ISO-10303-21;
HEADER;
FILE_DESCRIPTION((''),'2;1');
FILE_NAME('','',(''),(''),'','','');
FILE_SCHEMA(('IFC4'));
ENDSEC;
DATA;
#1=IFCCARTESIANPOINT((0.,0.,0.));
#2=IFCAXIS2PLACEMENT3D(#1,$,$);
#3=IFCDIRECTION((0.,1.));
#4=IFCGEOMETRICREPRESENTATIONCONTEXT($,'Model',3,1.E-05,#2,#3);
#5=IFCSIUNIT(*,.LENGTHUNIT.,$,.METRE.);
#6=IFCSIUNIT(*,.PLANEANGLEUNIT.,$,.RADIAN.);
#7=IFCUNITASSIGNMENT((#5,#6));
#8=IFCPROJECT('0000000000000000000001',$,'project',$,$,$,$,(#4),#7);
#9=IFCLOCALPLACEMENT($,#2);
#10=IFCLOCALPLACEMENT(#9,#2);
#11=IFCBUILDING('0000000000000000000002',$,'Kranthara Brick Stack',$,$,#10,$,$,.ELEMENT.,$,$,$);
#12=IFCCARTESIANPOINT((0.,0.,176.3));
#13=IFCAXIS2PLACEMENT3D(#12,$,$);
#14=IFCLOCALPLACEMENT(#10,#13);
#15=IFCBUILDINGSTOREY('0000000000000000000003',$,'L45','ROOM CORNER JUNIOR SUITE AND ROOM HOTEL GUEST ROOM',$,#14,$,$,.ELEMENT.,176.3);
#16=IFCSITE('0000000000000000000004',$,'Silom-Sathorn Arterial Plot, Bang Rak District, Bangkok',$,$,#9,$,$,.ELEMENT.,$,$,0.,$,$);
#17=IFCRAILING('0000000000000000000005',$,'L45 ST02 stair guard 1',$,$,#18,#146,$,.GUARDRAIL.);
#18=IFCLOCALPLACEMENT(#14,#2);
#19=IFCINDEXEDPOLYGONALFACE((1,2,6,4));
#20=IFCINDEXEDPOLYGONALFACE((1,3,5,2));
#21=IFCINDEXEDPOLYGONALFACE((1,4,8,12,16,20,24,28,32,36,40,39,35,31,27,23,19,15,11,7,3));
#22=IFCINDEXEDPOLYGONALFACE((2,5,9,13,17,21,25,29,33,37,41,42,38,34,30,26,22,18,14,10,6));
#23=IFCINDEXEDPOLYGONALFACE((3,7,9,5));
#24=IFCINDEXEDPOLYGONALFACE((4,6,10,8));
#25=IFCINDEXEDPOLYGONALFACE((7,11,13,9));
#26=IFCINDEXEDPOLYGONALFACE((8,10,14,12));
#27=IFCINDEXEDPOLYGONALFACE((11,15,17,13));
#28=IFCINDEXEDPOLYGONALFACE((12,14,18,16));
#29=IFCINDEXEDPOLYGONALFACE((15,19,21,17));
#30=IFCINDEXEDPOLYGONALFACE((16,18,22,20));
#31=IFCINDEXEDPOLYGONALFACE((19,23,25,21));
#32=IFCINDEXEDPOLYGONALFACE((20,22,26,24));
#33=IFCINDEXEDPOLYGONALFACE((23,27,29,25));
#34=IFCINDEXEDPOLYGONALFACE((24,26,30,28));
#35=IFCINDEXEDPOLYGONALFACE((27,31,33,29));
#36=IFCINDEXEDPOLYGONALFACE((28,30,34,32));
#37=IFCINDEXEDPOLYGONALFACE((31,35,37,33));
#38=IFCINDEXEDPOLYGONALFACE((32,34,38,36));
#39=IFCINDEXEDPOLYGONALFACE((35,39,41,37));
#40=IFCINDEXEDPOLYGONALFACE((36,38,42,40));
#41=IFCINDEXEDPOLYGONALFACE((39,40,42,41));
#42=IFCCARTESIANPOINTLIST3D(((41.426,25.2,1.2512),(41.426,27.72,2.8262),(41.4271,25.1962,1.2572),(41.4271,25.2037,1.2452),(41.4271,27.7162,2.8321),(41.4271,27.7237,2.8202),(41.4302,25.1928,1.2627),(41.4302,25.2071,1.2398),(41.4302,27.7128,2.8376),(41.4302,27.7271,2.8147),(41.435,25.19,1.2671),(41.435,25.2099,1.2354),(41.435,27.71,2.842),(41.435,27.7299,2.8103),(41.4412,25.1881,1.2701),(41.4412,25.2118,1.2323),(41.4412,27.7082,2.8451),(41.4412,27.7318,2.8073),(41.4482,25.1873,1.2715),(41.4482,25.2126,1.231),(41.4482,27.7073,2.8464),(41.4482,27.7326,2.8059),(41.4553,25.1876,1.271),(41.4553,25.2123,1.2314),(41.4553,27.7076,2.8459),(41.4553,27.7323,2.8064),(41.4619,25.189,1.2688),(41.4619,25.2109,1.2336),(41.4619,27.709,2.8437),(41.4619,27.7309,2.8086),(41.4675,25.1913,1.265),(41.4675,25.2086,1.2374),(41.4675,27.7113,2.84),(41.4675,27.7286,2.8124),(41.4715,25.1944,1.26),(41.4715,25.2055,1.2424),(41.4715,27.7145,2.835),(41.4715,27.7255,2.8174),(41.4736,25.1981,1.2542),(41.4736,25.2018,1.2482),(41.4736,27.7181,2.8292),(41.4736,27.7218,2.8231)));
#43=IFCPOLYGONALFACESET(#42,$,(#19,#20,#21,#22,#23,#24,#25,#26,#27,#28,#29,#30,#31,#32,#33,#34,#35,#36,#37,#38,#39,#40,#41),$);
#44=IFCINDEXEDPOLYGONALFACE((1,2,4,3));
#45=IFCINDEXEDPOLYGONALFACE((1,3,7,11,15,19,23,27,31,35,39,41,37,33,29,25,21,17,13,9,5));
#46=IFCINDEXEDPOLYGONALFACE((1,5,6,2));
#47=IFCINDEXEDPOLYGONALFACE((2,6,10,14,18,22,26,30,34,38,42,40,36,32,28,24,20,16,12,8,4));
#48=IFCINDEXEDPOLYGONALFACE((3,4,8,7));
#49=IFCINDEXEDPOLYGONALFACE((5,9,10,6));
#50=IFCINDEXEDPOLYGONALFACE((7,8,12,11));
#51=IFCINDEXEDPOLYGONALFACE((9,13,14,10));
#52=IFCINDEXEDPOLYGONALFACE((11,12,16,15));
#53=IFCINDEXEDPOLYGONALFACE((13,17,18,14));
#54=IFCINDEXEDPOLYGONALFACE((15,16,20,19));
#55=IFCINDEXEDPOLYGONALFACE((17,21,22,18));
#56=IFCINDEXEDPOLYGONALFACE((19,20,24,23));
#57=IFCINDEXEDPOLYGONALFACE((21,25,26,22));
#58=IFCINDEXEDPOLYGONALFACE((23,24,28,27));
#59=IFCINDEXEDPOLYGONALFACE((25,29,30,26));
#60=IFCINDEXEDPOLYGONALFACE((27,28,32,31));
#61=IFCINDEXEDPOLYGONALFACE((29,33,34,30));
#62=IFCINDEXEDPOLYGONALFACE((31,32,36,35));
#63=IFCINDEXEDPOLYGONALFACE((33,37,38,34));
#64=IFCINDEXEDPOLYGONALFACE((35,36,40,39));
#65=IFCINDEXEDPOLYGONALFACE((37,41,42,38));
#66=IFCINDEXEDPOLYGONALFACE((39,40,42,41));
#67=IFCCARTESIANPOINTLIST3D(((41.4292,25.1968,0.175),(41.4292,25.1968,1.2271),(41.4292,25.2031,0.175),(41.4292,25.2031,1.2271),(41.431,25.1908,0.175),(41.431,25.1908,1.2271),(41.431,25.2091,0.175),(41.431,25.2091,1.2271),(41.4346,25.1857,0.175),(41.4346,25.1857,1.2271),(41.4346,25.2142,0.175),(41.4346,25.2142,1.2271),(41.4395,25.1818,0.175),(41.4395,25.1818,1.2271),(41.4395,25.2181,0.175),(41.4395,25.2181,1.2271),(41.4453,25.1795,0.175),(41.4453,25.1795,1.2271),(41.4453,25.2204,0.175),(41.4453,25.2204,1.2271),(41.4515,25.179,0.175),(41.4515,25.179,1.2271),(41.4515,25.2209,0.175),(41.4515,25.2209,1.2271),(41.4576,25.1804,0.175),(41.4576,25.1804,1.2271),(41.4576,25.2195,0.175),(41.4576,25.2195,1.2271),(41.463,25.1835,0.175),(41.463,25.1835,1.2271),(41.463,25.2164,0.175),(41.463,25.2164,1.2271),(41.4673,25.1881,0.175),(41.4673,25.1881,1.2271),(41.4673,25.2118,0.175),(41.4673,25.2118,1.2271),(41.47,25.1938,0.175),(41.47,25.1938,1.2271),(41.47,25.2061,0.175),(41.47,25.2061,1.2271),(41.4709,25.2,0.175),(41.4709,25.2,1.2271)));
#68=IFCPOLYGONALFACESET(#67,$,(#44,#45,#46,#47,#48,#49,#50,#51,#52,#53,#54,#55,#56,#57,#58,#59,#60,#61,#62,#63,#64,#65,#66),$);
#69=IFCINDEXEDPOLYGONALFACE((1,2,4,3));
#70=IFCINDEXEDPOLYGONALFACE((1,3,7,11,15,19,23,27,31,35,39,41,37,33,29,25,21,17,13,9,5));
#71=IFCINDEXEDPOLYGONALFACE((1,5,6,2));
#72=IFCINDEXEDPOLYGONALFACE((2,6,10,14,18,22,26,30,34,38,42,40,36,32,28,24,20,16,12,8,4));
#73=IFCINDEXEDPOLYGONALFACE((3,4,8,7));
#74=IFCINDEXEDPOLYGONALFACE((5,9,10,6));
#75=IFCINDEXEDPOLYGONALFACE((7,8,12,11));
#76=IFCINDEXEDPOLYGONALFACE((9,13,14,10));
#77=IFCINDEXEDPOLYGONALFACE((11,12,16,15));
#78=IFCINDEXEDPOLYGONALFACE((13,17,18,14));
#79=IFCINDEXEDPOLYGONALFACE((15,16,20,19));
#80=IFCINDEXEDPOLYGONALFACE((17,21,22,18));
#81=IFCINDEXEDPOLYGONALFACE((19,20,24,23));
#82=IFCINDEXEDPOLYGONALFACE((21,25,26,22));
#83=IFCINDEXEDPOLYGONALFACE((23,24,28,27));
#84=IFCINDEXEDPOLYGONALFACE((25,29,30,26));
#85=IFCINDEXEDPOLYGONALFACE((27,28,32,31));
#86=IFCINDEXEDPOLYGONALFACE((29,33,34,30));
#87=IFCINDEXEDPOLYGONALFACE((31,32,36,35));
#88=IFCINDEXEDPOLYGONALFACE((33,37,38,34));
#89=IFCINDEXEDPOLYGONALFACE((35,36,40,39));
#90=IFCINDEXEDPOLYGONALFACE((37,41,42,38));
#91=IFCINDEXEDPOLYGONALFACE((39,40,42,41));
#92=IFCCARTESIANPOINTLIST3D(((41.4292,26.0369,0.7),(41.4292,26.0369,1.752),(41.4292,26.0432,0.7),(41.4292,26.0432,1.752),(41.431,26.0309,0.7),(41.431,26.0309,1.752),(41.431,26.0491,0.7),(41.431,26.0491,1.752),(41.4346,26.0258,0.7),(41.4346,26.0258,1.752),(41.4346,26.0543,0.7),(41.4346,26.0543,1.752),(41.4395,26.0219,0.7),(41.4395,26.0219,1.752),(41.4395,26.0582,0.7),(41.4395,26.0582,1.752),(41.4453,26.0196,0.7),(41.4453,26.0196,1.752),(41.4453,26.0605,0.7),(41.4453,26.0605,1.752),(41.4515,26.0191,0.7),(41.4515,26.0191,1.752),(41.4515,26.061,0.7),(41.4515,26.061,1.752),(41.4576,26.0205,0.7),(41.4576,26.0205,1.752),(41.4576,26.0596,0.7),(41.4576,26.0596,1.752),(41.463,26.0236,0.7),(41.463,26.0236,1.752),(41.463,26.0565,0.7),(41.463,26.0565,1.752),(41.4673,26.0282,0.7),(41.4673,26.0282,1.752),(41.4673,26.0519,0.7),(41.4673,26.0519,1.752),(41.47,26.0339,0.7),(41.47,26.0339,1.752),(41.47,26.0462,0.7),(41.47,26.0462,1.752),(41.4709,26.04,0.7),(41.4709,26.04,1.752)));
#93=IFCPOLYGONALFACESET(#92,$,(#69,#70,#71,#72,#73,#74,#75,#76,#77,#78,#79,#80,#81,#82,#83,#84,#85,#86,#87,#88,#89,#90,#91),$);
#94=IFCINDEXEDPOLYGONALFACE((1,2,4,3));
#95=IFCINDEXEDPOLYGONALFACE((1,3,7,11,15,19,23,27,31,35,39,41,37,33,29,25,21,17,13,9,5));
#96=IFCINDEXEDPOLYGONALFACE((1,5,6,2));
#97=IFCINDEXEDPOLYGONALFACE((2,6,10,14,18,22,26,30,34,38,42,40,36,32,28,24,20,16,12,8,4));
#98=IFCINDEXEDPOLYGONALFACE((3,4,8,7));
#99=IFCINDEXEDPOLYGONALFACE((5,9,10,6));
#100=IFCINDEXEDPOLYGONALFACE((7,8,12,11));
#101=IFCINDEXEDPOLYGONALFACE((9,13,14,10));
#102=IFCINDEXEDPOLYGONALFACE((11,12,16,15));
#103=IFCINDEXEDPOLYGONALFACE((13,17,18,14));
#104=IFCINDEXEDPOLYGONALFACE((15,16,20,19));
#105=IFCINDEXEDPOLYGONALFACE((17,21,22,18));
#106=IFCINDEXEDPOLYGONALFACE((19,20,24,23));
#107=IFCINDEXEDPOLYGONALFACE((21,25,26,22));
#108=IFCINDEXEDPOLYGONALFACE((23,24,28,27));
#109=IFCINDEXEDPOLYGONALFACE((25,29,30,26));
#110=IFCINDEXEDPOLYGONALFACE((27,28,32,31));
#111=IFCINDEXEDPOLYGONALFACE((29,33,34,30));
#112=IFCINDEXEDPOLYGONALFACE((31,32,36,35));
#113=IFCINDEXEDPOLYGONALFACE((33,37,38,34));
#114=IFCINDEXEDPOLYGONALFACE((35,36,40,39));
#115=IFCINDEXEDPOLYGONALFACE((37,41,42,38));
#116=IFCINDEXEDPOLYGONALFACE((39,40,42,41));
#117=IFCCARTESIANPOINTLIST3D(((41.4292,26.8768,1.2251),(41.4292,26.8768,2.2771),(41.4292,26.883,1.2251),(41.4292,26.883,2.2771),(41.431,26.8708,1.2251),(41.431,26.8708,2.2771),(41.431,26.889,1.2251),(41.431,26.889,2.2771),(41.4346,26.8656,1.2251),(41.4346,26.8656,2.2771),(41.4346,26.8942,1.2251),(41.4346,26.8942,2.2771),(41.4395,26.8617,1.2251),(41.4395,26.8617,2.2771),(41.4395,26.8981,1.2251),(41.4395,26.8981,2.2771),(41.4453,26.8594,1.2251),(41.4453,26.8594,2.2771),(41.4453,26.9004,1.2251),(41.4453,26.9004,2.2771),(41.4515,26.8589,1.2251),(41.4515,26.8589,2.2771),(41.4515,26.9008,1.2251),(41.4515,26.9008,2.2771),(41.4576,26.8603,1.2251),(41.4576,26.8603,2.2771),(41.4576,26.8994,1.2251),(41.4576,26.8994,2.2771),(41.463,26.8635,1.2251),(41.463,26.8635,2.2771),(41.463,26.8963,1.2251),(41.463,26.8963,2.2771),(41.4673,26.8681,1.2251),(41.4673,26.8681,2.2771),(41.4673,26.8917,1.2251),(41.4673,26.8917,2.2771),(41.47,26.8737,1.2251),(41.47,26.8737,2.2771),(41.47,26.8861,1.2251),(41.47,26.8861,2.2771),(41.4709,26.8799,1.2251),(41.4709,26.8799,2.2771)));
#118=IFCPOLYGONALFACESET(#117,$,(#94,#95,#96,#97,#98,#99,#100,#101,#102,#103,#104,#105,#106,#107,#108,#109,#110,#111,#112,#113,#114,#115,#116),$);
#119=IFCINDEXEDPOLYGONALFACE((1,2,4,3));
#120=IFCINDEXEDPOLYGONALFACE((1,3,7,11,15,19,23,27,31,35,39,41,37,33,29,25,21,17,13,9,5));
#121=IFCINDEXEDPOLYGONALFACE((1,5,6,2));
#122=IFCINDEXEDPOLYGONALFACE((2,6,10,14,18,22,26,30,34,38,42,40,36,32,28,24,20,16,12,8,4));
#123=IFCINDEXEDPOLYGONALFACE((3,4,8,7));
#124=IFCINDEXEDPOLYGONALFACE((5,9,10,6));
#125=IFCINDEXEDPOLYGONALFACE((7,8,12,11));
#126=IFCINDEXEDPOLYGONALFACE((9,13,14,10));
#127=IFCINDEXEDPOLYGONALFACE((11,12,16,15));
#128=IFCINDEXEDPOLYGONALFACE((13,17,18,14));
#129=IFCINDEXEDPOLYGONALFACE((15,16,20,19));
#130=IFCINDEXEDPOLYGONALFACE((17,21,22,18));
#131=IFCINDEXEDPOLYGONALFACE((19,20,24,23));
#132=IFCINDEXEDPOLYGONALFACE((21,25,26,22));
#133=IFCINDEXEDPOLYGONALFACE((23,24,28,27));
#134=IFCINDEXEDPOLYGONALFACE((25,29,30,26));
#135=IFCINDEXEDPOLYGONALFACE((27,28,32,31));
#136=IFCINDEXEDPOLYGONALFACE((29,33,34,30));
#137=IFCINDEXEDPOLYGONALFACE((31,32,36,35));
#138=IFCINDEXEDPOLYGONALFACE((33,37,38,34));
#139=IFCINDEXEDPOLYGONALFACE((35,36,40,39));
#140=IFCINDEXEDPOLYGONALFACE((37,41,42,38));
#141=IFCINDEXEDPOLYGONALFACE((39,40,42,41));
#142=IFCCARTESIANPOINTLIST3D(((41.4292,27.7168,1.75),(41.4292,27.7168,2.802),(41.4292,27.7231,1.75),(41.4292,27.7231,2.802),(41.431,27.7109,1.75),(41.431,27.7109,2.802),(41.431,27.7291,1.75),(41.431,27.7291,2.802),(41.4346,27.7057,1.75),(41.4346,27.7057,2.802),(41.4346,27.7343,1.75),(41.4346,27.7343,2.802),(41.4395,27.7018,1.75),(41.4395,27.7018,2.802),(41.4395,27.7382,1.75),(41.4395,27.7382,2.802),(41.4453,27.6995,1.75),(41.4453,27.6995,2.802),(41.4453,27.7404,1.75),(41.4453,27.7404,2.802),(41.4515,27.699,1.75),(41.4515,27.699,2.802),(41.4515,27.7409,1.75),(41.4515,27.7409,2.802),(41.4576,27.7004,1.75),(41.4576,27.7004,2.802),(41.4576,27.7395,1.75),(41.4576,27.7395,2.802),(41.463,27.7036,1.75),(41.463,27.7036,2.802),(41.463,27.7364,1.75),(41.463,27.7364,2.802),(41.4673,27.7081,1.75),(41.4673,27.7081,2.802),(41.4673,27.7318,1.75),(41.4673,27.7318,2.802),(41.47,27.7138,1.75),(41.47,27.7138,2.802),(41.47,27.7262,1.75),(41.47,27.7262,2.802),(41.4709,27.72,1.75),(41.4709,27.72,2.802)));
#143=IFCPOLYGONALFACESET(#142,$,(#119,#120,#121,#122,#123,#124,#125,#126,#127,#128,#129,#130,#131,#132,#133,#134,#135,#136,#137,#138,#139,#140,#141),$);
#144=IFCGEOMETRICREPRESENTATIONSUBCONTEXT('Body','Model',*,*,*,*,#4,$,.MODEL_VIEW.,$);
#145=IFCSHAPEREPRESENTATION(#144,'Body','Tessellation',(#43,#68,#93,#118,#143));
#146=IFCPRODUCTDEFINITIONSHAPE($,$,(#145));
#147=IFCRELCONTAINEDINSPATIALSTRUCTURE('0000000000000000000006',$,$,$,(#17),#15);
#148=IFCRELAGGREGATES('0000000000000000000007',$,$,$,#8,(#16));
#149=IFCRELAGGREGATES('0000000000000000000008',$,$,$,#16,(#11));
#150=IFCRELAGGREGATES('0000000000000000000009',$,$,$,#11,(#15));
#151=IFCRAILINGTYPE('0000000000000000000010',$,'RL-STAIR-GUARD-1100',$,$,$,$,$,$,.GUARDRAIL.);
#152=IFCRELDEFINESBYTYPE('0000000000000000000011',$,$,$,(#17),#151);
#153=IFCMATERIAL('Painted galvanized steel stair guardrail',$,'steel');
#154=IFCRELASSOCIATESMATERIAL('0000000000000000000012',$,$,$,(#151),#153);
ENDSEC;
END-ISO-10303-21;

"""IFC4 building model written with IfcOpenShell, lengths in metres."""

from ifc_helpers import new_model, si_unit, direction, frame, origin, origin_2d, place, context, subcontext, project, spatial, circle, extrude, material, type_object, element, save


model = new_model("IFC4")

# Units and contexts
model_context = context("Model", 3, precision=1e-05, world=origin(), true_north=direction((0.0, 1.0)))
body_context = subcontext(model_context, "Body", "Model", "MODEL_VIEW")
ifc_project = project(units=[si_unit("LENGTHUNIT", "METRE"), si_unit("PLANEANGLEUNIT", "RADIAN")], contexts=[model_context])

# Site, building, storey
site_placement = place(None, origin())
site = spatial("IfcSite", under=ifc_project, at=site_placement, Name="Silom-Sathorn Arterial Plot, Bang Rak District, Bangkok", CompositionType="ELEMENT", RefElevation=0.0)
building_placement = place(site_placement, origin())
building = spatial("IfcBuilding", under=site, at=building_placement, Name="Kranthara Brick Stack", CompositionType="ELEMENT")
storey_placement = place(building_placement, frame((0.0, 0.0, 176.3)))
storey = spatial("IfcBuildingStorey", under=building, at=storey_placement, Name="L45", Description="ROOM CORNER JUNIOR SUITE AND ROOM HOTEL GUEST ROOM", CompositionType="ELEMENT", Elevation=176.3)

# Railing
ifc_material_1 = material(Name="Painted galvanized steel stair guardrail", Category="steel")
railing_type = type_object("IfcRailingType", Name="RL-STAIR-GUARD-1100", PredefinedType="GUARDRAIL", material=ifc_material_1)
railing_1_placement = place(storey_placement, frame((41.45, 25.2, 0.175)))
element("IfcRailing", 1, at=railing_1_placement, inside=storey, type_object=railing_type, Name="L45 ST02 stair guard 1", PredefinedType="GUARDRAIL", context=body_context, shape_type="SweptSolid", body=[
    extrude(circle(Radius=0.0239, at=origin_2d()), frame((0.0, 0.0, 1.0762), z_axis=(0.0, 0.848008, 0.529984), x_axis=(-1.0, 0.0, 0.0)), (0.0, 0.0, 1.0), 2.9717),
    extrude(circle(Radius=0.021, at=origin_2d()), origin(), (0.0, 0.0, 1.0), 1.052),
    extrude(circle(Radius=0.021, at=origin_2d()), frame((0.0, 0.8401, 0.5249)), (0.0, 0.0, 1.0), 1.052),
    extrude(circle(Radius=0.021, at=origin_2d()), frame((0.0, 1.6799, 1.05)), (0.0, 0.0, 1.0), 1.052),
    extrude(circle(Radius=0.021, at=origin_2d()), frame((0.0, 2.52, 1.575)), (0.0, 0.0, 1.0), 1.052),
])

save(model, "model.ifc")
